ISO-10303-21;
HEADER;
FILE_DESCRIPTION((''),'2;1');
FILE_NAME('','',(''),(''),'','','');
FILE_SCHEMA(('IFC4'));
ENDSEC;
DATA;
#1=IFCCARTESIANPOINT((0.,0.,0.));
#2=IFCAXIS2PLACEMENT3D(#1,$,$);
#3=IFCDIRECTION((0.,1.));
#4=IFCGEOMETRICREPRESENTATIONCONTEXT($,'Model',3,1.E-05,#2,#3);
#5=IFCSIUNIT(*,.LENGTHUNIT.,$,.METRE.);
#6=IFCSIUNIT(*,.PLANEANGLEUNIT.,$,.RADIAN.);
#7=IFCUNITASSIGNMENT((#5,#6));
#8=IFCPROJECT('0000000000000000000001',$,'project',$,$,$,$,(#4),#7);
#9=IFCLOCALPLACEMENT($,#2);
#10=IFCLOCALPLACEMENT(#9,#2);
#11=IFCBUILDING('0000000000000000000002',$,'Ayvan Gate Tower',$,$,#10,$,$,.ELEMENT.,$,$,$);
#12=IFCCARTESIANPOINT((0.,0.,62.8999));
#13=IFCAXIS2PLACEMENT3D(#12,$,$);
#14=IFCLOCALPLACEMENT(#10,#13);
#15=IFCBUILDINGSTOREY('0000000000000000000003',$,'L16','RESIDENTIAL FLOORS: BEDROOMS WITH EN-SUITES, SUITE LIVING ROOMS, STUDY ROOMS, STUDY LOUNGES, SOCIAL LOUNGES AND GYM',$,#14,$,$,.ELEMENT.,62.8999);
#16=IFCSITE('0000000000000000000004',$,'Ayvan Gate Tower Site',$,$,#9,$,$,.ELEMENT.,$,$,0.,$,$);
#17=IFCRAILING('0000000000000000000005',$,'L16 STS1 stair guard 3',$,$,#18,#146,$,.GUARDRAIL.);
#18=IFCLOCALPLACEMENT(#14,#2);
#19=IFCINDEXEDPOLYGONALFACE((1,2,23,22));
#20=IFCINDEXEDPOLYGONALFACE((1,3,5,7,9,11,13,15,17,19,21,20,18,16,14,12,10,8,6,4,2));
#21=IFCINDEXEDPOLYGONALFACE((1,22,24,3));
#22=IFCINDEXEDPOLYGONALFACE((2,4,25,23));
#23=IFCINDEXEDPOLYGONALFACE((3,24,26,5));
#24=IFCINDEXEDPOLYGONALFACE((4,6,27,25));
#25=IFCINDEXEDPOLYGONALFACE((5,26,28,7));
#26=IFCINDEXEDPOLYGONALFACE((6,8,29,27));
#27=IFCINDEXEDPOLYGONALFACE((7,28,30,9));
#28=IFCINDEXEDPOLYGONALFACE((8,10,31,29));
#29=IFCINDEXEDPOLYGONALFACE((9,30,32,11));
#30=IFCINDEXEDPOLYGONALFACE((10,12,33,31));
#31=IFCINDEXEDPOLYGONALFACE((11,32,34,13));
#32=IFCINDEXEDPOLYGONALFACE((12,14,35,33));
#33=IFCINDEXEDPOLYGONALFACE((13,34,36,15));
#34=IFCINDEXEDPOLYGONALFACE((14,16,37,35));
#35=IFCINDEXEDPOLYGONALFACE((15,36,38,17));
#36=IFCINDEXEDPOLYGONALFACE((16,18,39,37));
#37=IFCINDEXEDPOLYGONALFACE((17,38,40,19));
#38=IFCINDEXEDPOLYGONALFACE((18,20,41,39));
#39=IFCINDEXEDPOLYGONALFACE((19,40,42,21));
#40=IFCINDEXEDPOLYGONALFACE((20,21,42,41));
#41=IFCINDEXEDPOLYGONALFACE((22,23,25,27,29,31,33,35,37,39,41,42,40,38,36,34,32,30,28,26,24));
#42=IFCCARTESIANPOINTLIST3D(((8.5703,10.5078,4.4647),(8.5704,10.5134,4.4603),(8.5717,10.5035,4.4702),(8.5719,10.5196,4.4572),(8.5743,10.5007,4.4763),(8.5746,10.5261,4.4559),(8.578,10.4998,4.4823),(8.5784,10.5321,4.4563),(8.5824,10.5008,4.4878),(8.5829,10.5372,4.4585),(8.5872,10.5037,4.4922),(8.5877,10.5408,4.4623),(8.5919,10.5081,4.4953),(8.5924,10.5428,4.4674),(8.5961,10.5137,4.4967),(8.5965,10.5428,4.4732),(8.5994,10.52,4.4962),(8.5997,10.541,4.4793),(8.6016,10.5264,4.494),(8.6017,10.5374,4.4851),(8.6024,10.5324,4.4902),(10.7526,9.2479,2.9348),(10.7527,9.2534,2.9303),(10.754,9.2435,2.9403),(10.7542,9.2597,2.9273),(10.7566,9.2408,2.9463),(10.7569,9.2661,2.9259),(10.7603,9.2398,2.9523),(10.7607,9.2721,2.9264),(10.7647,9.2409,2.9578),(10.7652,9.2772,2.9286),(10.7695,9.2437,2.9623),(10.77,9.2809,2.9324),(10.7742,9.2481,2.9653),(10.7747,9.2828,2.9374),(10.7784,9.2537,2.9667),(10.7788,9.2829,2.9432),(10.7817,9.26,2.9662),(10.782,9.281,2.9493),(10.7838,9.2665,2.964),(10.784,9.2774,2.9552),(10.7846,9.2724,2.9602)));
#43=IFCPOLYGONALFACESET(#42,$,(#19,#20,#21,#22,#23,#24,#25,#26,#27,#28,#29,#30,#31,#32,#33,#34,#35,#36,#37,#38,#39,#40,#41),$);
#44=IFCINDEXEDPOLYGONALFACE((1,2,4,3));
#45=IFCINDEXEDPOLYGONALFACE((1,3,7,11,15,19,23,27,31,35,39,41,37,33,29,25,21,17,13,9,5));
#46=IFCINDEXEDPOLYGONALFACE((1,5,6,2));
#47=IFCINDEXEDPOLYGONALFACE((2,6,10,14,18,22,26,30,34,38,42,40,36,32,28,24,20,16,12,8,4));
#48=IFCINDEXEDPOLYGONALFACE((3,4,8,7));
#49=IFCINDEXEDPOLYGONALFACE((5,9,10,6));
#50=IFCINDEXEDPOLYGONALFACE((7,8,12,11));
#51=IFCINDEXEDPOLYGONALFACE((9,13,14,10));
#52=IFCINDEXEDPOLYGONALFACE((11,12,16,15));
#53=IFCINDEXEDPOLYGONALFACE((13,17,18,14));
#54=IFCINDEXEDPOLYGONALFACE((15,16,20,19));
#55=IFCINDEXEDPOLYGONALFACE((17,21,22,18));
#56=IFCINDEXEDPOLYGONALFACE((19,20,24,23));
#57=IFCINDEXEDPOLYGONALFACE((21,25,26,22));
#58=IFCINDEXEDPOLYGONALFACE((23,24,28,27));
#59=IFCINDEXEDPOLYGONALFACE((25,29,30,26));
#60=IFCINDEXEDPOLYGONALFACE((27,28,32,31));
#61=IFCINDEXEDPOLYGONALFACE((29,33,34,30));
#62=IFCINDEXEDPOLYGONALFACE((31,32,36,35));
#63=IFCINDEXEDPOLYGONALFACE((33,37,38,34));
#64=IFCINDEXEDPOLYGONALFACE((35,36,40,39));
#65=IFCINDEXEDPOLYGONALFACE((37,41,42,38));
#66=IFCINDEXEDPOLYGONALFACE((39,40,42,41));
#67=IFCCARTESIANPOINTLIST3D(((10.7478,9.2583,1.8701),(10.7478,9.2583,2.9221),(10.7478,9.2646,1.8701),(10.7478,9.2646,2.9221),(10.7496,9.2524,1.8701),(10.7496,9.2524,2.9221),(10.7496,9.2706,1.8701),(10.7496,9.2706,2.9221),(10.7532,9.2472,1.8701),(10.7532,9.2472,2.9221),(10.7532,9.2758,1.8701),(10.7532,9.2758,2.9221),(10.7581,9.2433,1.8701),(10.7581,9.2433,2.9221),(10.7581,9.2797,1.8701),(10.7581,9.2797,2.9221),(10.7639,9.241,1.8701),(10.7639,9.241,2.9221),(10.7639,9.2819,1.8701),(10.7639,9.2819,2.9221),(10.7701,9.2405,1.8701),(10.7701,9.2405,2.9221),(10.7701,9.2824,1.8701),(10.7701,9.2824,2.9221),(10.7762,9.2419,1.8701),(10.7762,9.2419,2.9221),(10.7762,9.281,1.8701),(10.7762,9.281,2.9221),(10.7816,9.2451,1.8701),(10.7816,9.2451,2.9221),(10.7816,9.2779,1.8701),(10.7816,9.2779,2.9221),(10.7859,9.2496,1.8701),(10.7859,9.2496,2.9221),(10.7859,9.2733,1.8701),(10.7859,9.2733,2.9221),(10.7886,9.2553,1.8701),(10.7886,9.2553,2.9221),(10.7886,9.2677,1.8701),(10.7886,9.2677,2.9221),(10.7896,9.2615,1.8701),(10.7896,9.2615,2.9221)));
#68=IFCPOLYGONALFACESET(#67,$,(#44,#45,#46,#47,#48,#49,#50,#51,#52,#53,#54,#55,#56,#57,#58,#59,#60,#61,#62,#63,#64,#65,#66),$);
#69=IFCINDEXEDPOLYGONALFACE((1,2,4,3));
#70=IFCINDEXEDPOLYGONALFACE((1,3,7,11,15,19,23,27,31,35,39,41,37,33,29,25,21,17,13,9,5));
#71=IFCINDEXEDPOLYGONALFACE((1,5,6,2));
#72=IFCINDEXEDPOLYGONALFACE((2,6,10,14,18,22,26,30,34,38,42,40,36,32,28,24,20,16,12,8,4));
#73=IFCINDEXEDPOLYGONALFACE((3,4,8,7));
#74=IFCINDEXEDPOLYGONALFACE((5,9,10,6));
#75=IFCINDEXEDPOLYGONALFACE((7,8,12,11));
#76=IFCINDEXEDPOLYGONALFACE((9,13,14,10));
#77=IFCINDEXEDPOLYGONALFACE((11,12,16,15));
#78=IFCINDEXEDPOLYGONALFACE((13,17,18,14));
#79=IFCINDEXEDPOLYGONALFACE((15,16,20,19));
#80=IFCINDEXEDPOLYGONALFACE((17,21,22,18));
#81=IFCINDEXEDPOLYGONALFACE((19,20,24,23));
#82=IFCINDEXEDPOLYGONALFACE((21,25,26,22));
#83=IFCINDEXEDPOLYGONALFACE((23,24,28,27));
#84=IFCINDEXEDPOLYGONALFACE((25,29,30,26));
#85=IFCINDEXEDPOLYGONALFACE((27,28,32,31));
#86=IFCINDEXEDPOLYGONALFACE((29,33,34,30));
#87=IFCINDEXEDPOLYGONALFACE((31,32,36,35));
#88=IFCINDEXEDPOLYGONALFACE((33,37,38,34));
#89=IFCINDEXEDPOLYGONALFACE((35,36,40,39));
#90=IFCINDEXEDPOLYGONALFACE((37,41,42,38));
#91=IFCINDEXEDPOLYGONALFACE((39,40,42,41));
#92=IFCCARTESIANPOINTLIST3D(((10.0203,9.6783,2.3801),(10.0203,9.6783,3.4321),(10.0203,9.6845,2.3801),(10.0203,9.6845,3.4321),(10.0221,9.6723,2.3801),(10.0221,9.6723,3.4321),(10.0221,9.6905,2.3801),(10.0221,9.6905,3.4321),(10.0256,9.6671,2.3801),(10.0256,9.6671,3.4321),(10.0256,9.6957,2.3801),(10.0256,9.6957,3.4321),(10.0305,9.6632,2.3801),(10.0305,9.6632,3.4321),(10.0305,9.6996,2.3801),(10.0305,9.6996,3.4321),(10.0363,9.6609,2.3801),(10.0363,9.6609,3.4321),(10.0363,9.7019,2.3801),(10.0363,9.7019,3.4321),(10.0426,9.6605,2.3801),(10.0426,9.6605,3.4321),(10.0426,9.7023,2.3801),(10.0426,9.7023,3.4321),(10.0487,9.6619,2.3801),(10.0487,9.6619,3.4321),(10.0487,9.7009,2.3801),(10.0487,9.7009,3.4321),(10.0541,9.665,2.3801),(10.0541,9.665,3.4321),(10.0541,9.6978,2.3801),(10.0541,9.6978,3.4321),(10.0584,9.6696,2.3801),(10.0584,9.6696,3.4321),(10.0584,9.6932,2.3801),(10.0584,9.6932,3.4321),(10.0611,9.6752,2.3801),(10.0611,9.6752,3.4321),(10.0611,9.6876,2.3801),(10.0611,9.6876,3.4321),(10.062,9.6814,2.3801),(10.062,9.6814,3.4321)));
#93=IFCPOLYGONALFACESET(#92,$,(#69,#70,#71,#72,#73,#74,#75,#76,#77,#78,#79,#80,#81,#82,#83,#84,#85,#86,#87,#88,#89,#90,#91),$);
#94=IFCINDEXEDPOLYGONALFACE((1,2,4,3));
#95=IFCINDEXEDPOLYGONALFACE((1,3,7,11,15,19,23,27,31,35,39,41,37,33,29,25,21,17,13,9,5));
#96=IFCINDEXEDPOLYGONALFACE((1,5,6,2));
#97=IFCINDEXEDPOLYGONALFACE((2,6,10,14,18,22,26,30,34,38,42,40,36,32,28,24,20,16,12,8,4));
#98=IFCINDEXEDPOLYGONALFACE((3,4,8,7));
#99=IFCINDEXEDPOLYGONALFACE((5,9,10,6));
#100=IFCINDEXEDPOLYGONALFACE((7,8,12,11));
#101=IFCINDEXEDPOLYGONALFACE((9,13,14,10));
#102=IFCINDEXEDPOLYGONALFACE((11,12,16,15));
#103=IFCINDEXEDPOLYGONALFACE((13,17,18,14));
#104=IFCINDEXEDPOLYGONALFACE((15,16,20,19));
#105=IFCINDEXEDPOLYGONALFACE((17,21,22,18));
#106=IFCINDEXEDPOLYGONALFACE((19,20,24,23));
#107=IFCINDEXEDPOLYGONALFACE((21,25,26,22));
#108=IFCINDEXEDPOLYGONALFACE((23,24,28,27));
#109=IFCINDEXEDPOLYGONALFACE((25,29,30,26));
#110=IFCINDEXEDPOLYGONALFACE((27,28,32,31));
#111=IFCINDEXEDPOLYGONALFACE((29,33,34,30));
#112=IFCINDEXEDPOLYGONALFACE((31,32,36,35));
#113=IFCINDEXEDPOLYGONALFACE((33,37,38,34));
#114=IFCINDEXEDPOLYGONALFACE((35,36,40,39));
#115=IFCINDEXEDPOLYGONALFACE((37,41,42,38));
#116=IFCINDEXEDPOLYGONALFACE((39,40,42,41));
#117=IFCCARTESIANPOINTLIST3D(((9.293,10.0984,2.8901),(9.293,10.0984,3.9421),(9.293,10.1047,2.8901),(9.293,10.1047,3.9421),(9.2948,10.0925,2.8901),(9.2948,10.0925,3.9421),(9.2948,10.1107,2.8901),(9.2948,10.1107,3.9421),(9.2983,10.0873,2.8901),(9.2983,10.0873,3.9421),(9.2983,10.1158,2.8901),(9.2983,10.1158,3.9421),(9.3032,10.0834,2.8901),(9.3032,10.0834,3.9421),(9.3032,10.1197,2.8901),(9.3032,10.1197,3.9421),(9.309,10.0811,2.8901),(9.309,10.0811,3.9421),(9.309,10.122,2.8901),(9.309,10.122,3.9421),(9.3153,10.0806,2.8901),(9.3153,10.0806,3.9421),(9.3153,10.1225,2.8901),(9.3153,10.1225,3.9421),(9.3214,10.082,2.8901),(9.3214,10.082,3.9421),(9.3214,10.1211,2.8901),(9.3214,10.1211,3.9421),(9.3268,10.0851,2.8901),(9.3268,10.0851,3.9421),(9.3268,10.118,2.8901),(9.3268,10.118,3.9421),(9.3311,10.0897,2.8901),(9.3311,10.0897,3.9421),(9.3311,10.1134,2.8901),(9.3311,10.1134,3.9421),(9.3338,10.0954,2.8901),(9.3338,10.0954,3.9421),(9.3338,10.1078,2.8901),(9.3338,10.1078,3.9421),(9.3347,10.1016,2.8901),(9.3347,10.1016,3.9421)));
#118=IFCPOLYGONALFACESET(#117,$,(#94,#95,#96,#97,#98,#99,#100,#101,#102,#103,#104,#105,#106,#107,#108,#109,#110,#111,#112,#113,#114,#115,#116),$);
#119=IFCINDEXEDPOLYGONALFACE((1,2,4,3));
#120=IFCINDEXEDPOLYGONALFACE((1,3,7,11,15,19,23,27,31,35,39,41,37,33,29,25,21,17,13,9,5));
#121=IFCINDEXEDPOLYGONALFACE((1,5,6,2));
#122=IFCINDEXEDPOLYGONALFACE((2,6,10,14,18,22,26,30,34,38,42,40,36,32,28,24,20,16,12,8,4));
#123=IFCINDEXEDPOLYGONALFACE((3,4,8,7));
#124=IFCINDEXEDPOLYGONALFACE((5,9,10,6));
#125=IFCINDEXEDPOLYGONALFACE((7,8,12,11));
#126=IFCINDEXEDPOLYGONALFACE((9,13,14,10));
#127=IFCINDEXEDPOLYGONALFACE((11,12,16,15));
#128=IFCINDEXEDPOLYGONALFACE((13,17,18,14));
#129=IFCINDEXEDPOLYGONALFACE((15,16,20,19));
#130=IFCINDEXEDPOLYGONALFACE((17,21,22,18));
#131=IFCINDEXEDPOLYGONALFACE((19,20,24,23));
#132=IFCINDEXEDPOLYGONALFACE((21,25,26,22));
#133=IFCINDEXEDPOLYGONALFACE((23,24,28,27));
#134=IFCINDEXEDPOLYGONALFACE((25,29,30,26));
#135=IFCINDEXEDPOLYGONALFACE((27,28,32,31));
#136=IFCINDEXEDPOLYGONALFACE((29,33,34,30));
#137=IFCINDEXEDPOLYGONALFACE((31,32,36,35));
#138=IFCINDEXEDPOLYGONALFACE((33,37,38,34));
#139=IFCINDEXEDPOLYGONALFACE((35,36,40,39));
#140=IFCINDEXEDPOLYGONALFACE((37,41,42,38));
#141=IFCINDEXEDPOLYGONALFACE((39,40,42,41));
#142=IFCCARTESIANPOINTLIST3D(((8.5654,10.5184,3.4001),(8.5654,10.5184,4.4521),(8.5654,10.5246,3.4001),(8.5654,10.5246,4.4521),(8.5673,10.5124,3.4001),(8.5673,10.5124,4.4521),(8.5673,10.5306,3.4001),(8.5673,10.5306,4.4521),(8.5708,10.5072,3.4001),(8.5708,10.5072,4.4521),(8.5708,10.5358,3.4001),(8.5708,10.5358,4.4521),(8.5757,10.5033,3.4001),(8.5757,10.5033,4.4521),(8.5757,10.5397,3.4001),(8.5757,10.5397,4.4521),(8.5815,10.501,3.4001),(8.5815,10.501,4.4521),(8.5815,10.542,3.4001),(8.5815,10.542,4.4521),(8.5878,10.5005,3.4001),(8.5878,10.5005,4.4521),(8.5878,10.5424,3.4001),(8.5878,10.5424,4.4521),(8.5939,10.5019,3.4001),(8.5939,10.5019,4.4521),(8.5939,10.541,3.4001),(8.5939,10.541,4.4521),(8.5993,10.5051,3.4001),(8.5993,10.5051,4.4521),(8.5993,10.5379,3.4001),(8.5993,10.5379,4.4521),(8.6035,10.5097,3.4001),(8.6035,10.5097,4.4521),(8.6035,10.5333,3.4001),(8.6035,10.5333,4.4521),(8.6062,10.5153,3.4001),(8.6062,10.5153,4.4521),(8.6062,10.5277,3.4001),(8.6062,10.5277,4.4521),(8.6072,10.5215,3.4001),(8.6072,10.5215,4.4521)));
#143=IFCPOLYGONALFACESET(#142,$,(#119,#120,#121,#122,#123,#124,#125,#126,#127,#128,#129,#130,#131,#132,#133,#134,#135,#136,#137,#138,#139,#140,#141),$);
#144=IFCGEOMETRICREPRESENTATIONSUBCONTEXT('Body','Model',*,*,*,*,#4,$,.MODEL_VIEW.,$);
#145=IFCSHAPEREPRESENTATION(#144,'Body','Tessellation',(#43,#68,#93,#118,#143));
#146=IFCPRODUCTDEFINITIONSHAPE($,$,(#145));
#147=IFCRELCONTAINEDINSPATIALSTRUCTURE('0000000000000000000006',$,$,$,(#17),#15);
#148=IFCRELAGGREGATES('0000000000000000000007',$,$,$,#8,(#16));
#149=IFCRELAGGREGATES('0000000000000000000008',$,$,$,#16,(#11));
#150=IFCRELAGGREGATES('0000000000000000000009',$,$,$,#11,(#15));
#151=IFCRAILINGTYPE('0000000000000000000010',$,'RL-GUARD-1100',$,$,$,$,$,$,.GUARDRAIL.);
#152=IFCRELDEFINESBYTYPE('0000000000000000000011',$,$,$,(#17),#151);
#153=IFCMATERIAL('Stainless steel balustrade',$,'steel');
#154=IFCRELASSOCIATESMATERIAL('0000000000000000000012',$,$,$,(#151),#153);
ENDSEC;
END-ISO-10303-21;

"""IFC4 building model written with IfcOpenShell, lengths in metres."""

from ifc_helpers import new_model, si_unit, direction, frame, origin, origin_2d, place, context, subcontext, project, spatial, circle, extrude, material, type_object, element, save


model = new_model("IFC4")

# Units and contexts
model_context = context("Model", 3, precision=1e-05, world=origin(), true_north=direction((0.0, 1.0)))
body_context = subcontext(model_context, "Body", "Model", "MODEL_VIEW")
ifc_project = project(units=[si_unit("LENGTHUNIT", "METRE"), si_unit("PLANEANGLEUNIT", "RADIAN")], contexts=[model_context])

# Site, building, storey
site_placement = place(None, origin())
site = spatial("IfcSite", under=ifc_project, at=site_placement, Name="Ayvan Gate Tower Site", CompositionType="ELEMENT", RefElevation=0.0)
building_placement = place(site_placement, origin())
building = spatial("IfcBuilding", under=site, at=building_placement, Name="Ayvan Gate Tower", CompositionType="ELEMENT")
storey_placement = place(building_placement, frame((0.0, 0.0, 62.8999)))
storey = spatial("IfcBuildingStorey", under=building, at=storey_placement, Name="L16", Description="RESIDENTIAL FLOORS: BEDROOMS WITH EN-SUITES, SUITE LIVING ROOMS, STUDY ROOMS, STUDY LOUNGES, SOCIAL LOUNGES AND GYM", CompositionType="ELEMENT", Elevation=62.8999)

# Railing
ifc_material_1 = material(Name="Stainless steel balustrade", Category="steel")
railing_type_1 = type_object("IfcRailingType", Name="RL-GUARD-1100", PredefinedType="GUARDRAIL", material=ifc_material_1)
railing_1_placement = place(storey_placement, frame((10.7686, 9.2615, 1.8701)))
element("IfcRailing", 1, at=railing_1_placement, inside=storey, type_object=railing_type_1, Name="L16 STS1 stair guard 3", PredefinedType="GUARDRAIL", context=body_context, shape_type="SweptSolid", body=[
    extrude(circle(Radius=0.0239, at=origin_2d()), frame((0.0, 0.0, 1.0762), z_axis=(-0.740261, 0.427395, 0.518986), x_axis=(-0.500005, -0.866023, 0.0)), (0.0, 0.0, 1.0), 2.948),
    extrude(circle(Radius=0.021, at=origin_2d()), origin(), (0.0, 0.0, 1.0), 1.052),
    extrude(circle(Radius=0.021, at=origin_2d()), frame((-0.7275, 0.4199, 0.51)), (0.0, 0.0, 1.0), 1.052),
    extrude(circle(Radius=0.021, at=origin_2d()), frame((-1.4548, 0.8401, 1.02)), (0.0, 0.0, 1.0), 1.052),
    extrude(circle(Radius=0.021, at=origin_2d()), frame((-2.1824, 1.26, 1.53)), (0.0, 0.0, 1.0), 1.052),
])

save(model, "model.ifc")
